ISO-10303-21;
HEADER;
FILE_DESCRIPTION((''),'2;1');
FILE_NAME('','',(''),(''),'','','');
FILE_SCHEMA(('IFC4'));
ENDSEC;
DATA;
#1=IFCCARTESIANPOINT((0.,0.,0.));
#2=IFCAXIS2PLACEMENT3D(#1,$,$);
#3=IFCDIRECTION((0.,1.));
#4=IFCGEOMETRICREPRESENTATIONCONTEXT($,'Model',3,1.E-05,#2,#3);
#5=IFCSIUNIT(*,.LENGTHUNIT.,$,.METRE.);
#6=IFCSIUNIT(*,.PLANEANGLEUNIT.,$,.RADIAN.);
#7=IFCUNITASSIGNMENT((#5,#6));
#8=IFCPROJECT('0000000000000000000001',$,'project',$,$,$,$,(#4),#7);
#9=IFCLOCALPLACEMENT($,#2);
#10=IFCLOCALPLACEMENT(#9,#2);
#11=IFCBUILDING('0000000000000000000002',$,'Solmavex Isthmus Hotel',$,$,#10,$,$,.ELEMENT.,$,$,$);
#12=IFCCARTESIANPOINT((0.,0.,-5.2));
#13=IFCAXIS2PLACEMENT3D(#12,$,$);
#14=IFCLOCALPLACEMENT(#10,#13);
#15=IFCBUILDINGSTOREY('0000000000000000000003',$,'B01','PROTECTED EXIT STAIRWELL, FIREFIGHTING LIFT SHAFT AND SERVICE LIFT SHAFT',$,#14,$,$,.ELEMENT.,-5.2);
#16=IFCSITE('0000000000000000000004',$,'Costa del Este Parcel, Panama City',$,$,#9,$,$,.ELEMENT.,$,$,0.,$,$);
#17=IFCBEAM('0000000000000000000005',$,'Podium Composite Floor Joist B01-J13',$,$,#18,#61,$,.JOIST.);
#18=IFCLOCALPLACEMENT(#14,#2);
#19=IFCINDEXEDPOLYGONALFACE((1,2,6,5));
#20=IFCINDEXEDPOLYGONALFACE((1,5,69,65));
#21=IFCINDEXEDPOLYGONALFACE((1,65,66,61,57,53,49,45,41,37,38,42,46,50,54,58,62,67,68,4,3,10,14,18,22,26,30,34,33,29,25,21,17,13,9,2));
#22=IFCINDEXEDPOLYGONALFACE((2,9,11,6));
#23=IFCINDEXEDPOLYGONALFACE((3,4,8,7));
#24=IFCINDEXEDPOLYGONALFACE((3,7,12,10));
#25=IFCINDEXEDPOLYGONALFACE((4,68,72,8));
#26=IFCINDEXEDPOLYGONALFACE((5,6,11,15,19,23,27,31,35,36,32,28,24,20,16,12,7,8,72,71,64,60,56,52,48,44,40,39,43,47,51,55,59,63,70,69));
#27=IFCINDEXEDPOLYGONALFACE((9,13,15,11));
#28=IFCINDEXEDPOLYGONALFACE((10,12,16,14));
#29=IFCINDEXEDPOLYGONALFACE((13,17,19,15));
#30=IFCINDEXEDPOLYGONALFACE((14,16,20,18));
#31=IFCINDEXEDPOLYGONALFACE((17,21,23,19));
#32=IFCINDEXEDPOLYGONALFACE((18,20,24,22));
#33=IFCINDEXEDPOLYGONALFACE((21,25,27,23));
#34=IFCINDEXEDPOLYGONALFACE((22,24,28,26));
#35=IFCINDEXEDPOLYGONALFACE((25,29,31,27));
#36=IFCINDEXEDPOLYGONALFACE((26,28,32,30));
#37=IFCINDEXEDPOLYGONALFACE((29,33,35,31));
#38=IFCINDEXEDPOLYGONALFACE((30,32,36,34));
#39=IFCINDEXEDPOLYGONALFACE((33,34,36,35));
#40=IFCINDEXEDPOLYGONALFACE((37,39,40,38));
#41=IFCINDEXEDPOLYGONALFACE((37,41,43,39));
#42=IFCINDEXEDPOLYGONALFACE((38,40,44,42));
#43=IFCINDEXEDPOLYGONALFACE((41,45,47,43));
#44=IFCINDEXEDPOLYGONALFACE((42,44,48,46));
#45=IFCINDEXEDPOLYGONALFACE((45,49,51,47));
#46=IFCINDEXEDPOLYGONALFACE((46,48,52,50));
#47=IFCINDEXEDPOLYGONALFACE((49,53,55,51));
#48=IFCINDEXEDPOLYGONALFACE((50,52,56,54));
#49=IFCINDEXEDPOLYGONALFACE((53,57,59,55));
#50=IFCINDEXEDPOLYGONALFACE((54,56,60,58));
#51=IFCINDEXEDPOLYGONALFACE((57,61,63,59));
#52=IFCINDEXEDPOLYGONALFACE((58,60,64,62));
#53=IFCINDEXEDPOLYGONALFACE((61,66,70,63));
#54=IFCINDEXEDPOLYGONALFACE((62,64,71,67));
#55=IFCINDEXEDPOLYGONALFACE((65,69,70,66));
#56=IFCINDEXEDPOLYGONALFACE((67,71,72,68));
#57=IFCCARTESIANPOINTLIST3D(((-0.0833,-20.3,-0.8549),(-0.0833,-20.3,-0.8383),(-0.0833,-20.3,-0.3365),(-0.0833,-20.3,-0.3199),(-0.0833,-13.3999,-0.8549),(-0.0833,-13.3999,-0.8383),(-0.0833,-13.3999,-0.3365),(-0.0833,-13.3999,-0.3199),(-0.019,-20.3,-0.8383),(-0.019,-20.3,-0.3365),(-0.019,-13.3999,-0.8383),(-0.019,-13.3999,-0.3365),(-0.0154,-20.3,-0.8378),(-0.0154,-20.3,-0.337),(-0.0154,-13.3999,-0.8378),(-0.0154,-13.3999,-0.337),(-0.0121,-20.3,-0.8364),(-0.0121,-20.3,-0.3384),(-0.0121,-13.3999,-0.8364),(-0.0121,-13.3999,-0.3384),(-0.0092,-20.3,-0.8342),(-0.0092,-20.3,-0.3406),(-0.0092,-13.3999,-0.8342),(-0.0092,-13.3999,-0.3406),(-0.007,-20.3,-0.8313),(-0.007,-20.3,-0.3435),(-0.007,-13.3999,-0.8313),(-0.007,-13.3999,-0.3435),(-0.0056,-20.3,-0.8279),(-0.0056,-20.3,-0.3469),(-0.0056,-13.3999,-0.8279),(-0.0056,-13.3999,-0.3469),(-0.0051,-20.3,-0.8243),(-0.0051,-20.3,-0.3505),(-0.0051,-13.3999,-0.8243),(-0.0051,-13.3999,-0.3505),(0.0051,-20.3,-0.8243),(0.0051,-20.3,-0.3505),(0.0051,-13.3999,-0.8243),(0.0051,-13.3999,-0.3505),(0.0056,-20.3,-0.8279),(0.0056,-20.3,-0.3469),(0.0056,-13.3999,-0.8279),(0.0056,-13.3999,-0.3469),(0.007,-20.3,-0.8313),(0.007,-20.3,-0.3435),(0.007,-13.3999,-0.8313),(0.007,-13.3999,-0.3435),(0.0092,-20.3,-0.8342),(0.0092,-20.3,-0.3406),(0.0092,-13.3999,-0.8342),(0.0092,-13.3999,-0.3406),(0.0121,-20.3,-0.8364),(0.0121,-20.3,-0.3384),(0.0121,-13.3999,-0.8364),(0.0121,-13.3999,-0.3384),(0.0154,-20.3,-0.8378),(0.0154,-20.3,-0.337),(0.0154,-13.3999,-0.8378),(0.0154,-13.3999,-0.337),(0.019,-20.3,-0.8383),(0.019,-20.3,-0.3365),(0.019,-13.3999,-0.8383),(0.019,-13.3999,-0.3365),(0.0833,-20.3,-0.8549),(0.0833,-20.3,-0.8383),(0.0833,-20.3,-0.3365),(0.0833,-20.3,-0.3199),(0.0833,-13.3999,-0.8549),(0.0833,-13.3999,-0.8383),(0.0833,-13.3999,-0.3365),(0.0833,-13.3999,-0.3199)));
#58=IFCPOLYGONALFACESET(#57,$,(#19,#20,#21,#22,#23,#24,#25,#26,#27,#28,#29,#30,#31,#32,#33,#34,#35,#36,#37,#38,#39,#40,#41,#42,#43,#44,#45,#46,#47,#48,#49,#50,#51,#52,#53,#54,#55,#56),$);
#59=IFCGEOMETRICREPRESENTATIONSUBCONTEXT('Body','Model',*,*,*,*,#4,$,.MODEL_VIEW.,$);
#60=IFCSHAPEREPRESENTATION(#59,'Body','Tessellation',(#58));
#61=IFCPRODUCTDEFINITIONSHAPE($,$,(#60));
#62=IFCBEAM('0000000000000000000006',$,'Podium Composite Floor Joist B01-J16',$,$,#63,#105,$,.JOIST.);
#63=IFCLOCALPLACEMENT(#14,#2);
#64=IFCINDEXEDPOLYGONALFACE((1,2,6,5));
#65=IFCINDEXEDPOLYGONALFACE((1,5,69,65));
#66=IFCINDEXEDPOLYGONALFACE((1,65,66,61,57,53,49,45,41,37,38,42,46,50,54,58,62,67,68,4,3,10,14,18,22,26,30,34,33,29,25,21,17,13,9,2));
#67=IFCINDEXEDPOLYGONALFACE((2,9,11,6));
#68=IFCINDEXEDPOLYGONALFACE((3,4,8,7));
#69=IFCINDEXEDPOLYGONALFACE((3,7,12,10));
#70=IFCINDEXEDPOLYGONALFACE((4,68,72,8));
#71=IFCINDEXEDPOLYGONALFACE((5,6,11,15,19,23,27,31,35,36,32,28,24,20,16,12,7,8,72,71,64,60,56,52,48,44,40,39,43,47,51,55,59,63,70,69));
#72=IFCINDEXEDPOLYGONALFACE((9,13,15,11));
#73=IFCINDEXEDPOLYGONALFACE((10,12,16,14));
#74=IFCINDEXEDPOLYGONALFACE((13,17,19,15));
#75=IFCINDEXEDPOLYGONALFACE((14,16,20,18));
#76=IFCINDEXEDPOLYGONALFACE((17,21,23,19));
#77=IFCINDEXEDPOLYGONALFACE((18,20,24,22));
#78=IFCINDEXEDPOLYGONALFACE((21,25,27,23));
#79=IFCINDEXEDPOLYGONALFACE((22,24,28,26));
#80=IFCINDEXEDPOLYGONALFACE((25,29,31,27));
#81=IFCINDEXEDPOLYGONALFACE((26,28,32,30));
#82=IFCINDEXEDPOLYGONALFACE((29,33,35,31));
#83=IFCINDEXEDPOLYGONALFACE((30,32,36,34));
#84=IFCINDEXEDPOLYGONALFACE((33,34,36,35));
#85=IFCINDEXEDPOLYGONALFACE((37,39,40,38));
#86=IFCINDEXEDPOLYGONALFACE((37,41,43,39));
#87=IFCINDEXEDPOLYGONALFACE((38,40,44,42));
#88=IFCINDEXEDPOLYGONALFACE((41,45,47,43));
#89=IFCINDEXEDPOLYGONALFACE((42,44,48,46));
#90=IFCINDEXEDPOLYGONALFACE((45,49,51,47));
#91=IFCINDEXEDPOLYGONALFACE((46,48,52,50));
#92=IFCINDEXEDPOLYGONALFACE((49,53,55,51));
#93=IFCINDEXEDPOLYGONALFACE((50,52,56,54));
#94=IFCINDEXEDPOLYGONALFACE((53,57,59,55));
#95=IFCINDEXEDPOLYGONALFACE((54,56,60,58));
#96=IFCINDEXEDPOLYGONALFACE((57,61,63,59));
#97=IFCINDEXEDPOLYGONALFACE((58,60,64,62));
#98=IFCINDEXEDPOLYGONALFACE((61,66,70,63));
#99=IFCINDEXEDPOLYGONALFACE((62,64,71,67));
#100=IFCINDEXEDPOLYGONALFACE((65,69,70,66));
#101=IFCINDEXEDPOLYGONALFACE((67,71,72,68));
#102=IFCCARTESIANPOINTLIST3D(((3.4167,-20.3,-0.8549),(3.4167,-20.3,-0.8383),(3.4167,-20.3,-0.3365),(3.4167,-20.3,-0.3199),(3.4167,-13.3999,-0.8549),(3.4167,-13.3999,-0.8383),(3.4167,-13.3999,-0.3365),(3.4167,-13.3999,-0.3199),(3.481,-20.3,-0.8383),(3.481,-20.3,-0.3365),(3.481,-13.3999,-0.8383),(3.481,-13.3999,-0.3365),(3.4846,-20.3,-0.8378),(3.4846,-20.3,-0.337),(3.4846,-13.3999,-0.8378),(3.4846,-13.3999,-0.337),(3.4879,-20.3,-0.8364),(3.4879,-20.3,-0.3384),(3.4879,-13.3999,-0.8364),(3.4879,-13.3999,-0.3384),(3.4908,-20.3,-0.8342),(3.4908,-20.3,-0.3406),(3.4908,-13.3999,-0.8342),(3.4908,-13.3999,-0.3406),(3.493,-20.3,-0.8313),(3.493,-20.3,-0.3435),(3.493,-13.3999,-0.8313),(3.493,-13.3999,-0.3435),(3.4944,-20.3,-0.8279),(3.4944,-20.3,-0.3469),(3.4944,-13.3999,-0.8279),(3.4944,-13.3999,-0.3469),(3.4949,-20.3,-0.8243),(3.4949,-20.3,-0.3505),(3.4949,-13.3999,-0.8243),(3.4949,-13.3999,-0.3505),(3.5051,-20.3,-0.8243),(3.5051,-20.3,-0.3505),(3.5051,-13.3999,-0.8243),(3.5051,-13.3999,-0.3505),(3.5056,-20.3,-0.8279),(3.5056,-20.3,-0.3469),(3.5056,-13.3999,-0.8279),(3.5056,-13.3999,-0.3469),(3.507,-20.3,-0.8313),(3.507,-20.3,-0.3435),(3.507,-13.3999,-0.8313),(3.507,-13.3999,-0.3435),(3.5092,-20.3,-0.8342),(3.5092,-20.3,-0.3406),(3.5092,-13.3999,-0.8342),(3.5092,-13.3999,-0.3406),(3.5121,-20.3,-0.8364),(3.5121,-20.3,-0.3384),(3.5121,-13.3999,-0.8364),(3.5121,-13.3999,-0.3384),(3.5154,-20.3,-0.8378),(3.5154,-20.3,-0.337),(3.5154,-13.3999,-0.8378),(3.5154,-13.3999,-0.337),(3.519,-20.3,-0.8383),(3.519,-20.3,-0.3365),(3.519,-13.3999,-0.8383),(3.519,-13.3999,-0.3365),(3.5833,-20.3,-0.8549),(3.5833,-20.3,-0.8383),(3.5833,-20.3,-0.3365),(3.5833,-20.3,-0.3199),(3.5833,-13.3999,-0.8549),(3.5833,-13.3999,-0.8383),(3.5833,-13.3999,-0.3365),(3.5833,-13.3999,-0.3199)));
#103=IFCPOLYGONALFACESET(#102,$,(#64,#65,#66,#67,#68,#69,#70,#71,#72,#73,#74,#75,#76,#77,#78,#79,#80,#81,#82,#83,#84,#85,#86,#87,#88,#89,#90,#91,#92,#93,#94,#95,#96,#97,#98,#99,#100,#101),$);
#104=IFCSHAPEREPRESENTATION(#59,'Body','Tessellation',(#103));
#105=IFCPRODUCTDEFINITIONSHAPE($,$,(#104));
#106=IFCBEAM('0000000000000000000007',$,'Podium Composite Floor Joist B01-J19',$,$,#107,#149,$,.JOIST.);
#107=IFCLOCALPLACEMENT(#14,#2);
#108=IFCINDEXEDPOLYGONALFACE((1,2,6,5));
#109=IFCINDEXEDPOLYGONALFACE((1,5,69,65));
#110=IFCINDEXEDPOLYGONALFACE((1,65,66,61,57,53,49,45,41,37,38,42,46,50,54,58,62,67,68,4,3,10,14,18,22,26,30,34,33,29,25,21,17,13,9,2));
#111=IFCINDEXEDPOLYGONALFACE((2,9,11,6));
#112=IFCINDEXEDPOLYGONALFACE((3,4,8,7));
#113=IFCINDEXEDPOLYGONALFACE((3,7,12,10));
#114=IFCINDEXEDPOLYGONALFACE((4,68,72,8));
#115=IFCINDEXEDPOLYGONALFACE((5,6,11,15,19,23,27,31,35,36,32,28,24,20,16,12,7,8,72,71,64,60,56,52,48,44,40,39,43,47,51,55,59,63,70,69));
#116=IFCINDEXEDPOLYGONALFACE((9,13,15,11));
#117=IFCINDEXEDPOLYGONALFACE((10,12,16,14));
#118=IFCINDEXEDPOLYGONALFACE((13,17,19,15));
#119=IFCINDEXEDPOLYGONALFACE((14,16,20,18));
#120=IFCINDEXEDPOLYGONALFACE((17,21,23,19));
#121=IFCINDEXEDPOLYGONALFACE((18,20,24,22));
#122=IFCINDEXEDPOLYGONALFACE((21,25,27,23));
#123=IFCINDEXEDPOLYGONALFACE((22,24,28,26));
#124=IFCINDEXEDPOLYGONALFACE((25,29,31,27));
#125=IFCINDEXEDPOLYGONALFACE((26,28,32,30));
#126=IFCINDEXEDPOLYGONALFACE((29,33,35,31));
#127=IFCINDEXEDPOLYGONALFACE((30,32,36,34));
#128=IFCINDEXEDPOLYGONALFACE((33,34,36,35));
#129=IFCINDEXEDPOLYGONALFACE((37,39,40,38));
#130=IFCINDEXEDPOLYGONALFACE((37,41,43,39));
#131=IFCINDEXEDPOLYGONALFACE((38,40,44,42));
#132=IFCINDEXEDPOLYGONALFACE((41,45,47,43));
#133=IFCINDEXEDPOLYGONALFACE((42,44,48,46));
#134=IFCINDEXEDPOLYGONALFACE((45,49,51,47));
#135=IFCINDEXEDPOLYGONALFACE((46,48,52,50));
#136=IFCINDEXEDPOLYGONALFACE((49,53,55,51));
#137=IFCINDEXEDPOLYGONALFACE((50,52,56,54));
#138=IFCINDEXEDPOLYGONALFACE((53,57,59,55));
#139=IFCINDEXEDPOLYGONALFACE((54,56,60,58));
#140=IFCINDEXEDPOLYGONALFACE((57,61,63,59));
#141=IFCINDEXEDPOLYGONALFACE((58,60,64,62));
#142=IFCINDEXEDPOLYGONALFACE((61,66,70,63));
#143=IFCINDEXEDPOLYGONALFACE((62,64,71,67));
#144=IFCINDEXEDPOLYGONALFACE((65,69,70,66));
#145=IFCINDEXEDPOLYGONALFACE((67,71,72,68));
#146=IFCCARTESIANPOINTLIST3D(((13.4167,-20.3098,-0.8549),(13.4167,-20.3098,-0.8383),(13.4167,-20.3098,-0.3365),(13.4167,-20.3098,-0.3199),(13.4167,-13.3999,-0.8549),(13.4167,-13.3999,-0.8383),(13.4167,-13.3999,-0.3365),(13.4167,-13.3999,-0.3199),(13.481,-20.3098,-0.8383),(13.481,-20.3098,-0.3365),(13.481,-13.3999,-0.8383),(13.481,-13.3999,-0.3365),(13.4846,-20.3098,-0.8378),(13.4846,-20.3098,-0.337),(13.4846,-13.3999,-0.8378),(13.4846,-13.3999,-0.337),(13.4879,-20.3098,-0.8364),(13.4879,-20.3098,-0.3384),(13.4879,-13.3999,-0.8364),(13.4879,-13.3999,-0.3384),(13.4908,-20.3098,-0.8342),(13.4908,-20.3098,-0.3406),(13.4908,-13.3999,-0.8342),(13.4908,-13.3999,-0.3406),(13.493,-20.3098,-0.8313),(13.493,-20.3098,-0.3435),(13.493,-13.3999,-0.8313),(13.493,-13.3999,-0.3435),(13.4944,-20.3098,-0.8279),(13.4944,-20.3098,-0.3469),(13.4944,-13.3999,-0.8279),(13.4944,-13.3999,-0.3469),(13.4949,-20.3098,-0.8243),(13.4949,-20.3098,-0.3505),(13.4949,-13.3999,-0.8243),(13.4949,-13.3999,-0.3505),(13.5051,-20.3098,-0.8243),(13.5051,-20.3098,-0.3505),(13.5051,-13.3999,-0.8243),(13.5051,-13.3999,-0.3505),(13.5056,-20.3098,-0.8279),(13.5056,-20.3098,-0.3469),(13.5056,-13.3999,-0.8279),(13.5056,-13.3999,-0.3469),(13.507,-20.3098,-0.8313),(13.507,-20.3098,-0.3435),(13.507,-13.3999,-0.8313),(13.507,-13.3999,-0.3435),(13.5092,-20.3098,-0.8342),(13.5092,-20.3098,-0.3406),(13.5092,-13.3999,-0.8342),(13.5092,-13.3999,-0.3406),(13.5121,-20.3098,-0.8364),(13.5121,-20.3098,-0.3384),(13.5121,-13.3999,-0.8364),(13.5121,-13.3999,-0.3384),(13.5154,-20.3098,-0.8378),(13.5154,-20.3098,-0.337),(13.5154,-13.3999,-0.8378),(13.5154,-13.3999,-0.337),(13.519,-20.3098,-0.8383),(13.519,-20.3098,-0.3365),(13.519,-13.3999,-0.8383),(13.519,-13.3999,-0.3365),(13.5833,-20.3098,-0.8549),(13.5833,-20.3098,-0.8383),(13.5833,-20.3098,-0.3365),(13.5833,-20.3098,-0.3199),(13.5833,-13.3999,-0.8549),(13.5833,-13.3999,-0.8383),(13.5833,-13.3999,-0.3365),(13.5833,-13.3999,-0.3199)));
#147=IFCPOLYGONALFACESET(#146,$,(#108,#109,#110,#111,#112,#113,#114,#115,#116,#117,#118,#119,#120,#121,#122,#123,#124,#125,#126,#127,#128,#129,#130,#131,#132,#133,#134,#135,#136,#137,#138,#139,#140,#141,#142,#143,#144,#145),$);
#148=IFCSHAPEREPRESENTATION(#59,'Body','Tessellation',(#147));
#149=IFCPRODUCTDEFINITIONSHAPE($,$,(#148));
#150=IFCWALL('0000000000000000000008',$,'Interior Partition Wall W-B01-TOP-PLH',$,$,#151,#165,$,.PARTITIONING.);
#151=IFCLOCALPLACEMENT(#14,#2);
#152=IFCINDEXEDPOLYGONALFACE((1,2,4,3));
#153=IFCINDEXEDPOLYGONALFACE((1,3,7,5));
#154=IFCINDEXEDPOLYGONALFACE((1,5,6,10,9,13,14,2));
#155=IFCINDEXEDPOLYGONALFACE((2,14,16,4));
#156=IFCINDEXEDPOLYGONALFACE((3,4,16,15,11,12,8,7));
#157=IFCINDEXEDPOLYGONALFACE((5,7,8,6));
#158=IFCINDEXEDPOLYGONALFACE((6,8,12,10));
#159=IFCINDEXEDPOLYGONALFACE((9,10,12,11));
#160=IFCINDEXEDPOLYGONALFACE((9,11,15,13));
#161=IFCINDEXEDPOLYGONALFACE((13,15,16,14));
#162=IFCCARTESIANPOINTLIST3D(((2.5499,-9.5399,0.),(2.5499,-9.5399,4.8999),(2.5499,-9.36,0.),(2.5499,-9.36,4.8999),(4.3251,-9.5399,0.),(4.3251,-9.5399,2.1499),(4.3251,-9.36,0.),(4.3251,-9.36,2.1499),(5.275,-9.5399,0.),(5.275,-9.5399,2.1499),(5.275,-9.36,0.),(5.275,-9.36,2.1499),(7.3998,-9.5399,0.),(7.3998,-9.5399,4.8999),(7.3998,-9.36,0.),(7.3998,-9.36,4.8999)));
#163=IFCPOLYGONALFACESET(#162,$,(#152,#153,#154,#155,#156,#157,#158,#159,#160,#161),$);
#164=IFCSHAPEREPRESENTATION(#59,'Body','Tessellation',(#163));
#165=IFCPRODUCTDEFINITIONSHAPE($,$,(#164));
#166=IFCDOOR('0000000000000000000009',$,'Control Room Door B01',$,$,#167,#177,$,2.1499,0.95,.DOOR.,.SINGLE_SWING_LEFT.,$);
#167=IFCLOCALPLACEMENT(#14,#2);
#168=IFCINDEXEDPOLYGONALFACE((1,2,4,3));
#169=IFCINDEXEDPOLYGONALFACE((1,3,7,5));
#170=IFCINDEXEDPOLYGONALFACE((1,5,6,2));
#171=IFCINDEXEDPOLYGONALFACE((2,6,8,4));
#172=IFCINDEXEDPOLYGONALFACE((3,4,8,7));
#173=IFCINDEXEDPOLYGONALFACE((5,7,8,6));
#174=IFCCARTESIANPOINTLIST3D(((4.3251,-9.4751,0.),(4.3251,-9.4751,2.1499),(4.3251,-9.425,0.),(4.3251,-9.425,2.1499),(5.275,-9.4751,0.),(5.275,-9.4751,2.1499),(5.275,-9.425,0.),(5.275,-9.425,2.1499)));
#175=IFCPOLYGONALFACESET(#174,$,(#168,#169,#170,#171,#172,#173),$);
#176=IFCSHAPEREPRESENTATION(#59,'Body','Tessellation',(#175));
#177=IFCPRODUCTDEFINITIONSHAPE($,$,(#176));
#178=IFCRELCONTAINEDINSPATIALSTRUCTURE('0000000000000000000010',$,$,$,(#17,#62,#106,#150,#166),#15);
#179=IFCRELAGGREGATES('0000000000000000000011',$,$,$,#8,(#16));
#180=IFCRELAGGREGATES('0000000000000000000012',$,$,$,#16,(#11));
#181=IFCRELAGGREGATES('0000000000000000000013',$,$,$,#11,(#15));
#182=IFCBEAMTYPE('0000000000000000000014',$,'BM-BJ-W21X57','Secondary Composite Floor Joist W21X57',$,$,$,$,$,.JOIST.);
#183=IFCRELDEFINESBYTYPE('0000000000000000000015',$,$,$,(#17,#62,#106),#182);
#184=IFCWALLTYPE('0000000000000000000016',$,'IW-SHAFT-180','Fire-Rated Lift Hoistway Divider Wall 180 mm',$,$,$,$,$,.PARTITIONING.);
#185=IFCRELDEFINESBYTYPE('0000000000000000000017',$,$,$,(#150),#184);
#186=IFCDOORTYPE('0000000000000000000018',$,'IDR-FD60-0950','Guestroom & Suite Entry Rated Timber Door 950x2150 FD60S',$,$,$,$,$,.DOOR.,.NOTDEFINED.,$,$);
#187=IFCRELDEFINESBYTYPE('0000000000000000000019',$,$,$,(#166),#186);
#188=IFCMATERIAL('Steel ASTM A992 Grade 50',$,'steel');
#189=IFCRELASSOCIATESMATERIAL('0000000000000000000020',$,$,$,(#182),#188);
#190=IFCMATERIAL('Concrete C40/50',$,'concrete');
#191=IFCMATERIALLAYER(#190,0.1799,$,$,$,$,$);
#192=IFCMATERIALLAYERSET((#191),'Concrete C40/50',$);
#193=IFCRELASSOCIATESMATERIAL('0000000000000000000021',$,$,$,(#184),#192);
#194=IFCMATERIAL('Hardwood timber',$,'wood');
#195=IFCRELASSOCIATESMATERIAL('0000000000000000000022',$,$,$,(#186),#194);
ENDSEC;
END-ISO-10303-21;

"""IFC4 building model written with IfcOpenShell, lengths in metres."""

from ifc_helpers import new_model, si_unit, direction, frame, frame_2d, origin, origin_2d, place, context, subcontext, project, spatial, rectangle, i_section, extrude, material, layer, layer_set, material_profile, profile_set, type_object, element, fill, save


model = new_model("IFC4")

# Units and contexts
model_context = context("Model", 3, precision=1e-05, world=origin(), true_north=direction((0.0, 1.0)))
body_context = subcontext(model_context, "Body", "Model", "MODEL_VIEW")
ifc_project = project(units=[si_unit("LENGTHUNIT", "METRE"), si_unit("PLANEANGLEUNIT", "RADIAN")], contexts=[model_context])

# Site, building, storey
site_placement = place(None, origin())
site = spatial("IfcSite", under=ifc_project, at=site_placement, Name="Costa del Este Parcel, Panama City", CompositionType="ELEMENT", RefElevation=0.0)
building_placement = place(site_placement, origin())
building = spatial("IfcBuilding", under=site, at=building_placement, Name="Solmavex Isthmus Hotel", CompositionType="ELEMENT")
storey_placement = place(building_placement, frame((0.0, 0.0, -5.2)))
storey = spatial("IfcBuildingStorey", under=building, at=storey_placement, Name="B01", Description="PROTECTED EXIT STAIRWELL, FIREFIGHTING LIFT SHAFT AND SERVICE LIFT SHAFT", CompositionType="ELEMENT", Elevation=-5.2)

# Beams
ifc_material_1 = material(Name="Steel ASTM A992 Grade 50", Category="steel")
ifc_material_profile_1 = material_profile(ifc_material_1, i_section(OverallWidth=0.1665, OverallDepth=0.5349, WebThickness=0.0103, FlangeThickness=0.0166, FilletRadius=0.0139, at=origin_2d()), Name="W21X57")
ifc_profile_set_1 = profile_set([ifc_material_profile_1], Name="Steel ASTM A992 Grade 50")
beam_type_1 = type_object("IfcBeamType", Name="BM-BJ-W21X57", Description="Secondary Composite Floor Joist W21X57", PredefinedType="JOIST", material=ifc_profile_set_1)
for number, where, z_axis, x_axis, name in (
    (1, (0.0, -20.3, -0.5874), (0.0, 1.0, 0.0), (-1.0, 0.0, 0.0), "Podium Composite Floor Joist B01-J13"),
    (2, (3.5, -20.3, -0.5874), (0.0, 1.0, 0.0), (-1.0, 0.0, 0.0), "Podium Composite Floor Joist B01-J16"),
):
    element("IfcBeam", number, at=place(storey_placement, frame(where, z_axis=z_axis, x_axis=x_axis)), inside=storey, type_object=beam_type_1, Name=name, PredefinedType="JOIST", context=body_context, shape_type="SweptSolid", body=[
        extrude(i_section(OverallWidth=0.1665, OverallDepth=0.5349, WebThickness=0.0103, FlangeThickness=0.0166, FilletRadius=0.0139, at=origin_2d()), origin(), (0.0, 0.0, 1.0), 6.9001),
    ])
beam_1_placement = place(storey_placement, frame((13.5, -20.3098, -0.5874), z_axis=(0.0, 1.0, 0.0), x_axis=(-1.0, 0.0, 0.0)))
element("IfcBeam", 3, at=beam_1_placement, inside=storey, type_object=beam_type_1, Name="Podium Composite Floor Joist B01-J19", PredefinedType="JOIST", context=body_context, shape_type="SweptSolid", body=[
    extrude(i_section(OverallWidth=0.1665, OverallDepth=0.5349, WebThickness=0.0103, FlangeThickness=0.0166, FilletRadius=0.0139, at=origin_2d()), origin(), (0.0, 0.0, 1.0), 6.9099),
])

# Wall, opening, door
ifc_material_2 = material(Name="Concrete C40/50", Category="concrete")
ifc_layer_1 = layer(ifc_material_2, 0.1799)
ifc_layer_set_1 = layer_set([ifc_layer_1], Name="Concrete C40/50")
wall_type_1 = type_object("IfcWallType", Name="IW-SHAFT-180", Description="Fire-Rated Lift Hoistway Divider Wall 180 mm", PredefinedType="PARTITIONING", material=ifc_layer_set_1)
wall_1_placement = place(storey_placement, frame((2.55, -9.45, 0.0), z_axis=(0.0, 0.0, 1.0), x_axis=(1.0, 0.0, 0.0)))
wall_1 = element("IfcWall", 4, at=wall_1_placement, inside=storey, type_object=wall_type_1, Name="Interior Partition Wall W-B01-TOP-PLH", PredefinedType="PARTITIONING", context=body_context, shape_type="SweptSolid", body=[
    extrude(rectangle(XDim=4.8499, YDim=0.1799, at=frame_2d((2.4248, 0.0))), origin(), (0.0, 0.0, 1.0), 4.8999),
])
opening_1_placement = place(wall_1_placement, frame((1.7749, 0.0, 0.0)))
opening_1 = element("IfcOpeningElement", 5, at=opening_1_placement, cuts=wall_1, PredefinedType="OPENING", context=body_context, shape_type="SweptSolid", body=[
    extrude(rectangle(XDim=0.95, YDim=2.1499, at=frame_2d((0.4751, 1.075))), frame((0.0, 0.0999, 0.0), z_axis=(0.0, -1.0, 0.0), x_axis=(1.0, 0.0, 0.0)), (0.0, 0.0, 1.0), 0.2),
])
ifc_material_3 = material(Name="Hardwood timber", Category="wood")
door_type_1 = type_object("IfcDoorType", Name="IDR-FD60-0950", Description="Guestroom & Suite Entry Rated Timber Door 950x2150 FD60S", OperationType="NOTDEFINED", PredefinedType="DOOR", material=ifc_material_3)
door_1_placement = place(opening_1_placement, origin())
door_1 = element("IfcDoor", 6, at=door_1_placement, inside=storey, type_object=door_type_1, Name="Control Room Door B01", OperationType="SINGLE_SWING_LEFT", OverallHeight=2.1499, OverallWidth=0.95, PredefinedType="DOOR", context=body_context, shape_type="SweptSolid", body=[
    extrude(rectangle(XDim=0.95, YDim=2.1499, at=frame_2d((0.4751, 1.075))), frame((0.0, 0.0249, 0.0), z_axis=(0.0, -1.0, 0.0), x_axis=(1.0, 0.0, 0.0)), (0.0, 0.0, 1.0), 0.05),
])
fill(opening_1, door_1)

save(model, "model.ifc")
